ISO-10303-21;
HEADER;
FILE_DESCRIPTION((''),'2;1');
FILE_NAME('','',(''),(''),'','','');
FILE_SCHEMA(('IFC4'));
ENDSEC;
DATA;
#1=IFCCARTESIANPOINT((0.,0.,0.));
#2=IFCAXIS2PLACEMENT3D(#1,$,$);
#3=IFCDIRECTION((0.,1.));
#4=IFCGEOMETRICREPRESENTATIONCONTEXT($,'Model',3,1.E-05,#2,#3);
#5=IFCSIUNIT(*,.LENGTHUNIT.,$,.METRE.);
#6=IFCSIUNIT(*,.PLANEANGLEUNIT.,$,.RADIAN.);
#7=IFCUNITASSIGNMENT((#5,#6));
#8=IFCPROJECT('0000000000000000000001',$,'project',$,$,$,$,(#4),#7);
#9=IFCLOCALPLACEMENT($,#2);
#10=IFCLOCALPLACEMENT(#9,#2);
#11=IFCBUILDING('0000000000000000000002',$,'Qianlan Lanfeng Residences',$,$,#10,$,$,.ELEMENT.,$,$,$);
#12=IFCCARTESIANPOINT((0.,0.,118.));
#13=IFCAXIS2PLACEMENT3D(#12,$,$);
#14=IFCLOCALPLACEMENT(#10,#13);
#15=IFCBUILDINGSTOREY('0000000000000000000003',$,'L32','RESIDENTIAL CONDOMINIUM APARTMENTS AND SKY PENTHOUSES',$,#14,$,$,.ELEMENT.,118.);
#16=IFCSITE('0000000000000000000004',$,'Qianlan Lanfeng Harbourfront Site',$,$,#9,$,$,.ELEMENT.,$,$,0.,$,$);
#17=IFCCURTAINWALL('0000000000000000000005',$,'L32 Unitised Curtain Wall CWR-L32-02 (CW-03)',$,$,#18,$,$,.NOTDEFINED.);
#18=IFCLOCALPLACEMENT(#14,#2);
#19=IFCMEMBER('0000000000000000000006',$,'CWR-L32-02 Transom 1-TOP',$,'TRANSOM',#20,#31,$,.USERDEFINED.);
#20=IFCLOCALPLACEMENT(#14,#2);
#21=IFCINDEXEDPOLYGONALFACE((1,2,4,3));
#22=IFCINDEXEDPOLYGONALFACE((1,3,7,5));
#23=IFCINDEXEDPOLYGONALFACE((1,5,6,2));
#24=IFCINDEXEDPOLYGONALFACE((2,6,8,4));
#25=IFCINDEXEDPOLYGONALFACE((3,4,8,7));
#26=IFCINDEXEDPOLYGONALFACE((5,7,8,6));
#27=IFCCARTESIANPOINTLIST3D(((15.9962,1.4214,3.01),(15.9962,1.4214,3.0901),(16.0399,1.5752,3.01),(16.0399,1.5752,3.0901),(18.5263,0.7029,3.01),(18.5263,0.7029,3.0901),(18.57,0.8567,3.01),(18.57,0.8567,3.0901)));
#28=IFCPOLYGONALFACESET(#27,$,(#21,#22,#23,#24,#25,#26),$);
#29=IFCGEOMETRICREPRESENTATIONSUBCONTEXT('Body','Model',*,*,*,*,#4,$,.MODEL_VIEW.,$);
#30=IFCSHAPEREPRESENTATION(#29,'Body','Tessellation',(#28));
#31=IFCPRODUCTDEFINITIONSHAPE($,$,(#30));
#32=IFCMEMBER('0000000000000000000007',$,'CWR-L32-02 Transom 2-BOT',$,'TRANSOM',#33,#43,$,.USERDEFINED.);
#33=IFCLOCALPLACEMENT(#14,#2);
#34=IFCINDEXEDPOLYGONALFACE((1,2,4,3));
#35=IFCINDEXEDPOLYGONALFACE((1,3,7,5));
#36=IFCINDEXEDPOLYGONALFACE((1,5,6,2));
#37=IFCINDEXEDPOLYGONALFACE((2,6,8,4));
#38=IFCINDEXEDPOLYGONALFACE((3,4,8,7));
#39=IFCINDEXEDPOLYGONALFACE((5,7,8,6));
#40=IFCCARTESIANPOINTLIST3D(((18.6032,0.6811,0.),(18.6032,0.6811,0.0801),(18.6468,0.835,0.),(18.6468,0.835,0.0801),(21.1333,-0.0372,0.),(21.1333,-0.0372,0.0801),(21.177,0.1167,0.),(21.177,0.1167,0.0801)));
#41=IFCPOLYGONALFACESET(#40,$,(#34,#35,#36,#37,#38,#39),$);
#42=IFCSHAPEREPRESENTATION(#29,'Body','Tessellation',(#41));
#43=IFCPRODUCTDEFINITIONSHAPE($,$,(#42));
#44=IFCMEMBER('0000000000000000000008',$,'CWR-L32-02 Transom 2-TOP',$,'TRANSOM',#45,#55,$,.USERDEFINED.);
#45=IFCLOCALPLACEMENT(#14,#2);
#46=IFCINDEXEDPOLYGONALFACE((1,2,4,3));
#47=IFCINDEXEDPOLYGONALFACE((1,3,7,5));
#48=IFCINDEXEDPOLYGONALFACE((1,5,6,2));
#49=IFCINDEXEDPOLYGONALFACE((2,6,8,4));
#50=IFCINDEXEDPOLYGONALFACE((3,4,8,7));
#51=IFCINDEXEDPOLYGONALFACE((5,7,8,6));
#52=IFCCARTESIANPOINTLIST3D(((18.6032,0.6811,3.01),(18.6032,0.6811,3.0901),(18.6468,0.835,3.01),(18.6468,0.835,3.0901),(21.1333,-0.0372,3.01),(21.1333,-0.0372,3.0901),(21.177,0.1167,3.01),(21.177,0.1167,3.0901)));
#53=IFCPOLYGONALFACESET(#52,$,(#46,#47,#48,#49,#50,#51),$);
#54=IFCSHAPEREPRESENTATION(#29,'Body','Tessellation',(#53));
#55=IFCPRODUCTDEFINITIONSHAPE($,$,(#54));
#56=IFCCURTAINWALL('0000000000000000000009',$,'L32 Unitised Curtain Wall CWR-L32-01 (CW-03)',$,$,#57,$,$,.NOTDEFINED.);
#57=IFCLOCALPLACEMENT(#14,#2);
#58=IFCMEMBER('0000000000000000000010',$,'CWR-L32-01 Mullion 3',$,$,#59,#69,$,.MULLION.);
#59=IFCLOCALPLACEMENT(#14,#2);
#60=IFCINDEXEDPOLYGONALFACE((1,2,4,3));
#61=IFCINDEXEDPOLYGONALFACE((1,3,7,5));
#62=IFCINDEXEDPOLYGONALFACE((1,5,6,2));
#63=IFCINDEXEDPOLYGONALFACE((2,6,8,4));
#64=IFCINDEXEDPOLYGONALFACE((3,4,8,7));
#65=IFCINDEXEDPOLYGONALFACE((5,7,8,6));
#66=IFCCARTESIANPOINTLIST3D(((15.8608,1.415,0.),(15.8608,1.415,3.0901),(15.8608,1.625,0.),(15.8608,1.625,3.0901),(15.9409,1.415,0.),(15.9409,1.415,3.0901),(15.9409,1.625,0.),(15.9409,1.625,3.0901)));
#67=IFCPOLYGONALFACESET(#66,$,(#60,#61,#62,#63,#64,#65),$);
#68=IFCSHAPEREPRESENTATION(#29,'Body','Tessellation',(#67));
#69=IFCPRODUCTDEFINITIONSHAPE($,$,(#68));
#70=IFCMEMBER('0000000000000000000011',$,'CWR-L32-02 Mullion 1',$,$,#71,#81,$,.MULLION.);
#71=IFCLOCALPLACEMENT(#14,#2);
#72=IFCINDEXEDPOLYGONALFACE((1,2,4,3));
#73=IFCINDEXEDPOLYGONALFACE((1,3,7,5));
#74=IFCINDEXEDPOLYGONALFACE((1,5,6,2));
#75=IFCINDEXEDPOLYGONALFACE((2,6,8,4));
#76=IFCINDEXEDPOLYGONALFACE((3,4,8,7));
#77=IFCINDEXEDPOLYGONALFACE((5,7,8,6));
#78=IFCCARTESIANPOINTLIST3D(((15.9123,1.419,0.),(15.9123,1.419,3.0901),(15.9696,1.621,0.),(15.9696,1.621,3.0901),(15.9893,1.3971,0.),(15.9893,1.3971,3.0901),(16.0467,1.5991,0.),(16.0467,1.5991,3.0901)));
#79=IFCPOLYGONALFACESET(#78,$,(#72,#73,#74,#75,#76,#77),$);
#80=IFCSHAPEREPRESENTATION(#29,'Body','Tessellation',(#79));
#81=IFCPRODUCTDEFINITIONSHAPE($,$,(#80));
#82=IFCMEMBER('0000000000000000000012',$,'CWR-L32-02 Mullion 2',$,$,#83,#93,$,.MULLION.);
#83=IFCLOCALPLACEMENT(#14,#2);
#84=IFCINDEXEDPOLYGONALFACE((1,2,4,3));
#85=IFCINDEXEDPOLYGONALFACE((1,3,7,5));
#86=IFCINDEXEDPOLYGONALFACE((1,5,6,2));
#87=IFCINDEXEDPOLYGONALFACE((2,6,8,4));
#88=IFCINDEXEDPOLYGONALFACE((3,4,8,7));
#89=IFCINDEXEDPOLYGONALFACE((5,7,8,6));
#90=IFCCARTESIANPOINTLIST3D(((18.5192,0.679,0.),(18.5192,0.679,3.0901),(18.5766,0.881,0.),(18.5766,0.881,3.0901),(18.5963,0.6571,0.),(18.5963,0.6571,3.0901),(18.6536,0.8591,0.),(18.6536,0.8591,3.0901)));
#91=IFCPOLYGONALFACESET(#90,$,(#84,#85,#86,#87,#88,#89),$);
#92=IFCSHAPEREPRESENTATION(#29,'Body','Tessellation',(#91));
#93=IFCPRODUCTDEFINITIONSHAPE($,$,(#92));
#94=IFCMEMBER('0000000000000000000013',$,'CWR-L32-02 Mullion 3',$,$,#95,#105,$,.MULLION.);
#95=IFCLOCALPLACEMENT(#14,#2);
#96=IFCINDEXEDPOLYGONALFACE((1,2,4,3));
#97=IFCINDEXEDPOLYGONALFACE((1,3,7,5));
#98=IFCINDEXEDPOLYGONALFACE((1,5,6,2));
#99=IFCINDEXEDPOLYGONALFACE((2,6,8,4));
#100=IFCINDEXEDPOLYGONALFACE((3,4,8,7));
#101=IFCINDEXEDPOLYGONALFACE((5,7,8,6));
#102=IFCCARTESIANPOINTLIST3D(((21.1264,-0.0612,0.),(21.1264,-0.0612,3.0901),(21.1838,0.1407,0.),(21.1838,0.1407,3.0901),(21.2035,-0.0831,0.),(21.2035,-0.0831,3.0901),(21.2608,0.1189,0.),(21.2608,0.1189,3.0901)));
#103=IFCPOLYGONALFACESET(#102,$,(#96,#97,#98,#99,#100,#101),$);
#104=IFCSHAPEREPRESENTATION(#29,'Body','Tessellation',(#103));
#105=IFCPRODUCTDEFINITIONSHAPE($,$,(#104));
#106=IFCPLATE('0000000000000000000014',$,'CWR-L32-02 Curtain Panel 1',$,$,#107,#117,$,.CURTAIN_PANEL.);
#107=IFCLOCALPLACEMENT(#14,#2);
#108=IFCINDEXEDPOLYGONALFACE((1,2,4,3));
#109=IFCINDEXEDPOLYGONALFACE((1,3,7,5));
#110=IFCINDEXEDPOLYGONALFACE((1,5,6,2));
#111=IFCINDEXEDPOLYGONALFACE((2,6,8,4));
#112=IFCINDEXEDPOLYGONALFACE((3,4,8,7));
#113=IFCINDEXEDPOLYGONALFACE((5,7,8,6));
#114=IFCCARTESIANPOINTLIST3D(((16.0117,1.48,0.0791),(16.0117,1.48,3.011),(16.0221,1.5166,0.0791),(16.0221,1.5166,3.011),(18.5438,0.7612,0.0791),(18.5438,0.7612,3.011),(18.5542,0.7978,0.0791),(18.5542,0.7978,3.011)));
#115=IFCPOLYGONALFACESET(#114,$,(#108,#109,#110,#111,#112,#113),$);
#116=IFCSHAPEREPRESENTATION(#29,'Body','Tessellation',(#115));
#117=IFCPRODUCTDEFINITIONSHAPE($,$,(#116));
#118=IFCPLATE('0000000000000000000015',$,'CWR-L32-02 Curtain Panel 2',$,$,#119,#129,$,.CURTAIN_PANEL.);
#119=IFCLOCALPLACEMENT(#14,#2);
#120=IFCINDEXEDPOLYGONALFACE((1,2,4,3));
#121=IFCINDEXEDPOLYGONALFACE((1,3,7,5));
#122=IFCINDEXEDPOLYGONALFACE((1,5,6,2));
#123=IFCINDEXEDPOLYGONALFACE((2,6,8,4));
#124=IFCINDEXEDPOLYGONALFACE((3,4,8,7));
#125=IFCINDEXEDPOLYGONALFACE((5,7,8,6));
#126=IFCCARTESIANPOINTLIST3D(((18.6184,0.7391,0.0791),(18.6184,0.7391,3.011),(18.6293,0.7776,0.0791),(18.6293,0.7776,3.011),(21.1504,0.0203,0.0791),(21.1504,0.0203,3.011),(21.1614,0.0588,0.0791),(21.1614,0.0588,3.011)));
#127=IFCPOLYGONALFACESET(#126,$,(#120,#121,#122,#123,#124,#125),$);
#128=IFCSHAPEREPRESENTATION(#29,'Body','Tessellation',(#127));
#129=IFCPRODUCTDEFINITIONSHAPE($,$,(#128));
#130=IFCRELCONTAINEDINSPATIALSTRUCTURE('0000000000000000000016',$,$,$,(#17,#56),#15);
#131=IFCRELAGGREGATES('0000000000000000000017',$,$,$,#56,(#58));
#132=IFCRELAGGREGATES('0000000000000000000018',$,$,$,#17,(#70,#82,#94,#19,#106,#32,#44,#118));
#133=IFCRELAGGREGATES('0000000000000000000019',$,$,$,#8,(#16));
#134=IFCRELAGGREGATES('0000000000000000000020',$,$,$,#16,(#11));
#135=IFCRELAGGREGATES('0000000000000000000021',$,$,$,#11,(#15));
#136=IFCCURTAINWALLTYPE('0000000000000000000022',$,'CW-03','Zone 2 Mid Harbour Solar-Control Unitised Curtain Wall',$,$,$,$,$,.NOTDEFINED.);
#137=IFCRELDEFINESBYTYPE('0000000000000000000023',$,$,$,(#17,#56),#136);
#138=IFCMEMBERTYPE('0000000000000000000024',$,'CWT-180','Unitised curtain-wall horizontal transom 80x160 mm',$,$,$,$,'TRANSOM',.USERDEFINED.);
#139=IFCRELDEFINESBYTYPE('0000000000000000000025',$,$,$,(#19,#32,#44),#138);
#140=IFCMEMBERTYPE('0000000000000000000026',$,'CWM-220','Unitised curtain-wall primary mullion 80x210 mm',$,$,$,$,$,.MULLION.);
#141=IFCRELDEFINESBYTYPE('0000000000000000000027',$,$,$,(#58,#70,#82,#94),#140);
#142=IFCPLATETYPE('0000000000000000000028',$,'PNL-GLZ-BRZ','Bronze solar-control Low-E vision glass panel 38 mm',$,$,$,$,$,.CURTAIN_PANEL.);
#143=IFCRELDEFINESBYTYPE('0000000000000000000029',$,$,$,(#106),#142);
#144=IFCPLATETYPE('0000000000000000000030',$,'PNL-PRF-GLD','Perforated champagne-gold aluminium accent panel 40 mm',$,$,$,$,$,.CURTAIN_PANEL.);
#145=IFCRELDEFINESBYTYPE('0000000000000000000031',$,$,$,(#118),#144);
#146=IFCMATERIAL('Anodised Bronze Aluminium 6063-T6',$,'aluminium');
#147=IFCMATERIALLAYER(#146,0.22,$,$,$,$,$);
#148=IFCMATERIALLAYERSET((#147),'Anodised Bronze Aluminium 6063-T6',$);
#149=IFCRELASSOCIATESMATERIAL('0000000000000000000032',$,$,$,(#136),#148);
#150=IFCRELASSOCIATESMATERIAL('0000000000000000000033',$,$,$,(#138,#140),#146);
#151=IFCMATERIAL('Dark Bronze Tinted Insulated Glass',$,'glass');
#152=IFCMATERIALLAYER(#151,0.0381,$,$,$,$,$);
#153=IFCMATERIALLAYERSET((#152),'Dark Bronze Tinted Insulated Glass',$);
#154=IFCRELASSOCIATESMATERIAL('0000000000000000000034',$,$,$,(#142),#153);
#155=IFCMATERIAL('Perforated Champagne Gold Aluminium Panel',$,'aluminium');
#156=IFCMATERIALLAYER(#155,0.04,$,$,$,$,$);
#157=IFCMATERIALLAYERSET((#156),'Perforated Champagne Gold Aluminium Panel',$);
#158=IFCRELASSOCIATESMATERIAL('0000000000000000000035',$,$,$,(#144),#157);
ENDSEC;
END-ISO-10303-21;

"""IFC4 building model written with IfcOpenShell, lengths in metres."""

from ifc_helpers import new_model, si_unit, direction, frame, origin, origin_2d, place, context, subcontext, project, spatial, rectangle, extrude, source, transform, mapped, material, layer, layer_set, material_profile, profile_set, type_object, element, aggregate, save


model = new_model("IFC4")

# Units and contexts
model_context = context("Model", 3, precision=1e-05, world=origin(), true_north=direction((0.0, 1.0)))
body_context = subcontext(model_context, "Body", "Model", "MODEL_VIEW")
ifc_project = project(units=[si_unit("LENGTHUNIT", "METRE"), si_unit("PLANEANGLEUNIT", "RADIAN")], contexts=[model_context])

# Site, building, storey
site_placement = place(None, origin())
site = spatial("IfcSite", under=ifc_project, at=site_placement, Name="Qianlan Lanfeng Harbourfront Site", CompositionType="ELEMENT", RefElevation=0.0)
building_placement = place(site_placement, origin())
building = spatial("IfcBuilding", under=site, at=building_placement, Name="Qianlan Lanfeng Residences", CompositionType="ELEMENT")
storey_placement = place(building_placement, frame((0.0, 0.0, 118.0)))
storey = spatial("IfcBuildingStorey", under=building, at=storey_placement, Name="L32", Description="RESIDENTIAL CONDOMINIUM APARTMENTS AND SKY PENTHOUSES", CompositionType="ELEMENT", Elevation=118.0)

# Curtain wall, members
ifc_material_1 = material(Name="Anodised Bronze Aluminium 6063-T6", Category="aluminium")
ifc_layer_1 = layer(ifc_material_1, 0.22)
ifc_layer_set_1 = layer_set([ifc_layer_1], Name="Anodised Bronze Aluminium 6063-T6")
curtain_wall_type = type_object("IfcCurtainWallType", Name="CW-03", Description="Zone 2 Mid Harbour Solar-Control Unitised Curtain Wall", PredefinedType="NOTDEFINED", material=ifc_layer_set_1)
curtain_wall_1_placement = place(storey_placement, origin())
curtain_wall_1 = element("IfcCurtainWall", 1, at=curtain_wall_1_placement, inside=storey, type_object=curtain_wall_type, Name="L32 Unitised Curtain Wall CWR-L32-02 (CW-03)", PredefinedType="NOTDEFINED")
ifc_material_profile_1 = material_profile(ifc_material_1, rectangle(XDim=0.0801, YDim=0.1599, at=origin_2d()), Name="ALU TRANSOM 80x160")
ifc_profile_set_1 = profile_set([ifc_material_profile_1], Name="Anodised Bronze Aluminium 6063-T6")
member_type_1 = type_object("IfcMemberType", Name="CWT-180", Description="Unitised curtain-wall horizontal transom 80x160 mm", ElementType="TRANSOM", PredefinedType="USERDEFINED", material=ifc_profile_set_1)
shared_shape_1 = source(origin(), body_context, "Body", "SweptSolid", [
    extrude(rectangle(XDim=0.0801, YDim=0.1599, at=origin_2d()), origin(), (0.0, 0.0, 1.0), 2.6301),
])
member_1_placement = place(storey_placement, frame((16.0181, 1.4983, 3.05), z_axis=(0.961961, -0.273188, 0.0), x_axis=(0.0, 0.0, 1.0)))
member_1 = element("IfcMember", 2, at=member_1_placement, type_object=member_type_1, Name="CWR-L32-02 Transom 1-TOP", ObjectType="TRANSOM", PredefinedType="USERDEFINED", context=body_context, shape_type="MappedRepresentation", body=[
    mapped(shared_shape_1, transform((0.0, 0.0, 0.0), scale=1.0)),
])
member_2_placement = place(storey_placement, frame((18.625, 0.7581, 0.04), z_axis=(0.961985, -0.273102, 0.0), x_axis=(0.0, 0.0, 1.0)))
member_2 = element("IfcMember", 3, at=member_2_placement, type_object=member_type_1, Name="CWR-L32-02 Transom 2-BOT", ObjectType="TRANSOM", PredefinedType="USERDEFINED", context=body_context, shape_type="MappedRepresentation", body=[
    mapped(shared_shape_1, transform((0.0, 0.0, 0.0), scale=1.0)),
])
member_3_placement = place(storey_placement, frame((18.625, 0.7581, 3.05), z_axis=(0.961985, -0.273102, 0.0), x_axis=(0.0, 0.0, 1.0)))
member_3 = element("IfcMember", 4, at=member_3_placement, type_object=member_type_1, Name="CWR-L32-02 Transom 2-TOP", ObjectType="TRANSOM", PredefinedType="USERDEFINED", context=body_context, shape_type="MappedRepresentation", body=[
    mapped(shared_shape_1, transform((0.0, 0.0, 0.0), scale=1.0)),
])

# Curtain wall, member
curtain_wall_2_placement = place(storey_placement, origin())
curtain_wall_2 = element("IfcCurtainWall", 5, at=curtain_wall_2_placement, inside=storey, type_object=curtain_wall_type, Name="L32 Unitised Curtain Wall CWR-L32-01 (CW-03)", PredefinedType="NOTDEFINED")
ifc_material_profile_2 = material_profile(ifc_material_1, rectangle(XDim=0.0801, YDim=0.21, at=origin_2d()), Name="ALU MULLION 80x210")
ifc_profile_set_2 = profile_set([ifc_material_profile_2], Name="Anodised Bronze Aluminium 6063-T6")
member_type_2 = type_object("IfcMemberType", Name="CWM-220", Description="Unitised curtain-wall primary mullion 80x210 mm", PredefinedType="MULLION", material=ifc_profile_set_2)
shared_shape_2 = source(origin(), body_context, "Body", "SweptSolid", [
    extrude(rectangle(XDim=0.0801, YDim=0.21, at=origin_2d()), origin(), (0.0, 0.0, 1.0), 3.0901),
])
member_4_placement = place(storey_placement, frame((15.9009, 1.52, 0.0), z_axis=(0.0, 0.0, 1.0), x_axis=(1.0, 0.0, 0.0)))
member_4 = element("IfcMember", 6, at=member_4_placement, type_object=member_type_2, Name="CWR-L32-01 Mullion 3", PredefinedType="MULLION", context=body_context, shape_type="MappedRepresentation", body=[
    mapped(shared_shape_2, transform((0.0, 0.0, 0.0), scale=1.0)),
])
aggregate(curtain_wall_2, [member_4])

# Members
member_5_placement = place(storey_placement, frame((15.9795, 1.509, 0.0), z_axis=(0.0, 0.0, 1.0), x_axis=(0.961989, -0.273088, 0.0)))
member_5 = element("IfcMember", 7, at=member_5_placement, type_object=member_type_2, Name="CWR-L32-02 Mullion 1", PredefinedType="MULLION", context=body_context, shape_type="MappedRepresentation", body=[
    mapped(shared_shape_2, transform((0.0, 0.0, 0.0), scale=1.0)),
])
member_6_placement = place(storey_placement, frame((18.5864, 0.769, 0.0), z_axis=(0.0, 0.0, 1.0), x_axis=(0.961989, -0.273088, 0.0)))
member_6 = element("IfcMember", 8, at=member_6_placement, type_object=member_type_2, Name="CWR-L32-02 Mullion 2", PredefinedType="MULLION", context=body_context, shape_type="MappedRepresentation", body=[
    mapped(shared_shape_2, transform((0.0, 0.0, 0.0), scale=1.0)),
])
member_7_placement = place(storey_placement, frame((21.1936, 0.0288, 0.0), z_axis=(0.0, 0.0, 1.0), x_axis=(0.961989, -0.273088, 0.0)))
member_7 = element("IfcMember", 9, at=member_7_placement, type_object=member_type_2, Name="CWR-L32-02 Mullion 3", PredefinedType="MULLION", context=body_context, shape_type="MappedRepresentation", body=[
    mapped(shared_shape_2, transform((0.0, 0.0, 0.0), scale=1.0)),
])

# Plates
ifc_material_2 = material(Name="Dark Bronze Tinted Insulated Glass", Category="glass")
ifc_layer_2 = layer(ifc_material_2, 0.0381)
ifc_layer_set_2 = layer_set([ifc_layer_2], Name="Dark Bronze Tinted Insulated Glass")
plate_type_1 = type_object("IfcPlateType", Name="PNL-GLZ-BRZ", Description="Bronze solar-control Low-E vision glass panel 38 mm", PredefinedType="CURTAIN_PANEL", material=ifc_layer_set_2)
shared_shape_3 = source(origin(), body_context, "Body", "SweptSolid", [
    extrude(rectangle(XDim=2.6321, YDim=0.0381, at=origin_2d()), origin(), (0.0, 0.0, 1.0), 2.9319),
])
plate_1_placement = place(storey_placement, frame((17.283, 1.1389, 0.0791), z_axis=(0.0, 0.0, 1.0), x_axis=(0.961989, -0.273088, 0.0)))
plate_1 = element("IfcPlate", 10, at=plate_1_placement, type_object=plate_type_1, Name="CWR-L32-02 Curtain Panel 1", PredefinedType="CURTAIN_PANEL", context=body_context, shape_type="MappedRepresentation", body=[
    mapped(shared_shape_3, transform((0.0, 0.0, 0.0), scale=1.0)),
])
ifc_material_3 = material(Name="Perforated Champagne Gold Aluminium Panel", Category="aluminium")
ifc_layer_3 = layer(ifc_material_3, 0.04)
ifc_layer_set_3 = layer_set([ifc_layer_3], Name="Perforated Champagne Gold Aluminium Panel")
plate_type_2 = type_object("IfcPlateType", Name="PNL-PRF-GLD", Description="Perforated champagne-gold aluminium accent panel 40 mm", PredefinedType="CURTAIN_PANEL", material=ifc_layer_set_3)
shared_shape_4 = source(origin(), body_context, "Body", "SweptSolid", [
    extrude(rectangle(XDim=2.6321, YDim=0.04, at=origin_2d()), origin(), (0.0, 0.0, 1.0), 2.9319),
])
plate_2_placement = place(storey_placement, frame((19.8899, 0.3989, 0.0791), z_axis=(0.0, 0.0, 1.0), x_axis=(0.961989, -0.273088, 0.0)))
plate_2 = element("IfcPlate", 11, at=plate_2_placement, type_object=plate_type_2, Name="CWR-L32-02 Curtain Panel 2", PredefinedType="CURTAIN_PANEL", context=body_context, shape_type="MappedRepresentation", body=[
    mapped(shared_shape_4, transform((0.0, 0.0, 0.0), scale=1.0)),
])
aggregate(curtain_wall_1, [member_5, member_6, member_7, member_1, plate_1, member_2, member_3, plate_2])

save(model, "model.ifc")
